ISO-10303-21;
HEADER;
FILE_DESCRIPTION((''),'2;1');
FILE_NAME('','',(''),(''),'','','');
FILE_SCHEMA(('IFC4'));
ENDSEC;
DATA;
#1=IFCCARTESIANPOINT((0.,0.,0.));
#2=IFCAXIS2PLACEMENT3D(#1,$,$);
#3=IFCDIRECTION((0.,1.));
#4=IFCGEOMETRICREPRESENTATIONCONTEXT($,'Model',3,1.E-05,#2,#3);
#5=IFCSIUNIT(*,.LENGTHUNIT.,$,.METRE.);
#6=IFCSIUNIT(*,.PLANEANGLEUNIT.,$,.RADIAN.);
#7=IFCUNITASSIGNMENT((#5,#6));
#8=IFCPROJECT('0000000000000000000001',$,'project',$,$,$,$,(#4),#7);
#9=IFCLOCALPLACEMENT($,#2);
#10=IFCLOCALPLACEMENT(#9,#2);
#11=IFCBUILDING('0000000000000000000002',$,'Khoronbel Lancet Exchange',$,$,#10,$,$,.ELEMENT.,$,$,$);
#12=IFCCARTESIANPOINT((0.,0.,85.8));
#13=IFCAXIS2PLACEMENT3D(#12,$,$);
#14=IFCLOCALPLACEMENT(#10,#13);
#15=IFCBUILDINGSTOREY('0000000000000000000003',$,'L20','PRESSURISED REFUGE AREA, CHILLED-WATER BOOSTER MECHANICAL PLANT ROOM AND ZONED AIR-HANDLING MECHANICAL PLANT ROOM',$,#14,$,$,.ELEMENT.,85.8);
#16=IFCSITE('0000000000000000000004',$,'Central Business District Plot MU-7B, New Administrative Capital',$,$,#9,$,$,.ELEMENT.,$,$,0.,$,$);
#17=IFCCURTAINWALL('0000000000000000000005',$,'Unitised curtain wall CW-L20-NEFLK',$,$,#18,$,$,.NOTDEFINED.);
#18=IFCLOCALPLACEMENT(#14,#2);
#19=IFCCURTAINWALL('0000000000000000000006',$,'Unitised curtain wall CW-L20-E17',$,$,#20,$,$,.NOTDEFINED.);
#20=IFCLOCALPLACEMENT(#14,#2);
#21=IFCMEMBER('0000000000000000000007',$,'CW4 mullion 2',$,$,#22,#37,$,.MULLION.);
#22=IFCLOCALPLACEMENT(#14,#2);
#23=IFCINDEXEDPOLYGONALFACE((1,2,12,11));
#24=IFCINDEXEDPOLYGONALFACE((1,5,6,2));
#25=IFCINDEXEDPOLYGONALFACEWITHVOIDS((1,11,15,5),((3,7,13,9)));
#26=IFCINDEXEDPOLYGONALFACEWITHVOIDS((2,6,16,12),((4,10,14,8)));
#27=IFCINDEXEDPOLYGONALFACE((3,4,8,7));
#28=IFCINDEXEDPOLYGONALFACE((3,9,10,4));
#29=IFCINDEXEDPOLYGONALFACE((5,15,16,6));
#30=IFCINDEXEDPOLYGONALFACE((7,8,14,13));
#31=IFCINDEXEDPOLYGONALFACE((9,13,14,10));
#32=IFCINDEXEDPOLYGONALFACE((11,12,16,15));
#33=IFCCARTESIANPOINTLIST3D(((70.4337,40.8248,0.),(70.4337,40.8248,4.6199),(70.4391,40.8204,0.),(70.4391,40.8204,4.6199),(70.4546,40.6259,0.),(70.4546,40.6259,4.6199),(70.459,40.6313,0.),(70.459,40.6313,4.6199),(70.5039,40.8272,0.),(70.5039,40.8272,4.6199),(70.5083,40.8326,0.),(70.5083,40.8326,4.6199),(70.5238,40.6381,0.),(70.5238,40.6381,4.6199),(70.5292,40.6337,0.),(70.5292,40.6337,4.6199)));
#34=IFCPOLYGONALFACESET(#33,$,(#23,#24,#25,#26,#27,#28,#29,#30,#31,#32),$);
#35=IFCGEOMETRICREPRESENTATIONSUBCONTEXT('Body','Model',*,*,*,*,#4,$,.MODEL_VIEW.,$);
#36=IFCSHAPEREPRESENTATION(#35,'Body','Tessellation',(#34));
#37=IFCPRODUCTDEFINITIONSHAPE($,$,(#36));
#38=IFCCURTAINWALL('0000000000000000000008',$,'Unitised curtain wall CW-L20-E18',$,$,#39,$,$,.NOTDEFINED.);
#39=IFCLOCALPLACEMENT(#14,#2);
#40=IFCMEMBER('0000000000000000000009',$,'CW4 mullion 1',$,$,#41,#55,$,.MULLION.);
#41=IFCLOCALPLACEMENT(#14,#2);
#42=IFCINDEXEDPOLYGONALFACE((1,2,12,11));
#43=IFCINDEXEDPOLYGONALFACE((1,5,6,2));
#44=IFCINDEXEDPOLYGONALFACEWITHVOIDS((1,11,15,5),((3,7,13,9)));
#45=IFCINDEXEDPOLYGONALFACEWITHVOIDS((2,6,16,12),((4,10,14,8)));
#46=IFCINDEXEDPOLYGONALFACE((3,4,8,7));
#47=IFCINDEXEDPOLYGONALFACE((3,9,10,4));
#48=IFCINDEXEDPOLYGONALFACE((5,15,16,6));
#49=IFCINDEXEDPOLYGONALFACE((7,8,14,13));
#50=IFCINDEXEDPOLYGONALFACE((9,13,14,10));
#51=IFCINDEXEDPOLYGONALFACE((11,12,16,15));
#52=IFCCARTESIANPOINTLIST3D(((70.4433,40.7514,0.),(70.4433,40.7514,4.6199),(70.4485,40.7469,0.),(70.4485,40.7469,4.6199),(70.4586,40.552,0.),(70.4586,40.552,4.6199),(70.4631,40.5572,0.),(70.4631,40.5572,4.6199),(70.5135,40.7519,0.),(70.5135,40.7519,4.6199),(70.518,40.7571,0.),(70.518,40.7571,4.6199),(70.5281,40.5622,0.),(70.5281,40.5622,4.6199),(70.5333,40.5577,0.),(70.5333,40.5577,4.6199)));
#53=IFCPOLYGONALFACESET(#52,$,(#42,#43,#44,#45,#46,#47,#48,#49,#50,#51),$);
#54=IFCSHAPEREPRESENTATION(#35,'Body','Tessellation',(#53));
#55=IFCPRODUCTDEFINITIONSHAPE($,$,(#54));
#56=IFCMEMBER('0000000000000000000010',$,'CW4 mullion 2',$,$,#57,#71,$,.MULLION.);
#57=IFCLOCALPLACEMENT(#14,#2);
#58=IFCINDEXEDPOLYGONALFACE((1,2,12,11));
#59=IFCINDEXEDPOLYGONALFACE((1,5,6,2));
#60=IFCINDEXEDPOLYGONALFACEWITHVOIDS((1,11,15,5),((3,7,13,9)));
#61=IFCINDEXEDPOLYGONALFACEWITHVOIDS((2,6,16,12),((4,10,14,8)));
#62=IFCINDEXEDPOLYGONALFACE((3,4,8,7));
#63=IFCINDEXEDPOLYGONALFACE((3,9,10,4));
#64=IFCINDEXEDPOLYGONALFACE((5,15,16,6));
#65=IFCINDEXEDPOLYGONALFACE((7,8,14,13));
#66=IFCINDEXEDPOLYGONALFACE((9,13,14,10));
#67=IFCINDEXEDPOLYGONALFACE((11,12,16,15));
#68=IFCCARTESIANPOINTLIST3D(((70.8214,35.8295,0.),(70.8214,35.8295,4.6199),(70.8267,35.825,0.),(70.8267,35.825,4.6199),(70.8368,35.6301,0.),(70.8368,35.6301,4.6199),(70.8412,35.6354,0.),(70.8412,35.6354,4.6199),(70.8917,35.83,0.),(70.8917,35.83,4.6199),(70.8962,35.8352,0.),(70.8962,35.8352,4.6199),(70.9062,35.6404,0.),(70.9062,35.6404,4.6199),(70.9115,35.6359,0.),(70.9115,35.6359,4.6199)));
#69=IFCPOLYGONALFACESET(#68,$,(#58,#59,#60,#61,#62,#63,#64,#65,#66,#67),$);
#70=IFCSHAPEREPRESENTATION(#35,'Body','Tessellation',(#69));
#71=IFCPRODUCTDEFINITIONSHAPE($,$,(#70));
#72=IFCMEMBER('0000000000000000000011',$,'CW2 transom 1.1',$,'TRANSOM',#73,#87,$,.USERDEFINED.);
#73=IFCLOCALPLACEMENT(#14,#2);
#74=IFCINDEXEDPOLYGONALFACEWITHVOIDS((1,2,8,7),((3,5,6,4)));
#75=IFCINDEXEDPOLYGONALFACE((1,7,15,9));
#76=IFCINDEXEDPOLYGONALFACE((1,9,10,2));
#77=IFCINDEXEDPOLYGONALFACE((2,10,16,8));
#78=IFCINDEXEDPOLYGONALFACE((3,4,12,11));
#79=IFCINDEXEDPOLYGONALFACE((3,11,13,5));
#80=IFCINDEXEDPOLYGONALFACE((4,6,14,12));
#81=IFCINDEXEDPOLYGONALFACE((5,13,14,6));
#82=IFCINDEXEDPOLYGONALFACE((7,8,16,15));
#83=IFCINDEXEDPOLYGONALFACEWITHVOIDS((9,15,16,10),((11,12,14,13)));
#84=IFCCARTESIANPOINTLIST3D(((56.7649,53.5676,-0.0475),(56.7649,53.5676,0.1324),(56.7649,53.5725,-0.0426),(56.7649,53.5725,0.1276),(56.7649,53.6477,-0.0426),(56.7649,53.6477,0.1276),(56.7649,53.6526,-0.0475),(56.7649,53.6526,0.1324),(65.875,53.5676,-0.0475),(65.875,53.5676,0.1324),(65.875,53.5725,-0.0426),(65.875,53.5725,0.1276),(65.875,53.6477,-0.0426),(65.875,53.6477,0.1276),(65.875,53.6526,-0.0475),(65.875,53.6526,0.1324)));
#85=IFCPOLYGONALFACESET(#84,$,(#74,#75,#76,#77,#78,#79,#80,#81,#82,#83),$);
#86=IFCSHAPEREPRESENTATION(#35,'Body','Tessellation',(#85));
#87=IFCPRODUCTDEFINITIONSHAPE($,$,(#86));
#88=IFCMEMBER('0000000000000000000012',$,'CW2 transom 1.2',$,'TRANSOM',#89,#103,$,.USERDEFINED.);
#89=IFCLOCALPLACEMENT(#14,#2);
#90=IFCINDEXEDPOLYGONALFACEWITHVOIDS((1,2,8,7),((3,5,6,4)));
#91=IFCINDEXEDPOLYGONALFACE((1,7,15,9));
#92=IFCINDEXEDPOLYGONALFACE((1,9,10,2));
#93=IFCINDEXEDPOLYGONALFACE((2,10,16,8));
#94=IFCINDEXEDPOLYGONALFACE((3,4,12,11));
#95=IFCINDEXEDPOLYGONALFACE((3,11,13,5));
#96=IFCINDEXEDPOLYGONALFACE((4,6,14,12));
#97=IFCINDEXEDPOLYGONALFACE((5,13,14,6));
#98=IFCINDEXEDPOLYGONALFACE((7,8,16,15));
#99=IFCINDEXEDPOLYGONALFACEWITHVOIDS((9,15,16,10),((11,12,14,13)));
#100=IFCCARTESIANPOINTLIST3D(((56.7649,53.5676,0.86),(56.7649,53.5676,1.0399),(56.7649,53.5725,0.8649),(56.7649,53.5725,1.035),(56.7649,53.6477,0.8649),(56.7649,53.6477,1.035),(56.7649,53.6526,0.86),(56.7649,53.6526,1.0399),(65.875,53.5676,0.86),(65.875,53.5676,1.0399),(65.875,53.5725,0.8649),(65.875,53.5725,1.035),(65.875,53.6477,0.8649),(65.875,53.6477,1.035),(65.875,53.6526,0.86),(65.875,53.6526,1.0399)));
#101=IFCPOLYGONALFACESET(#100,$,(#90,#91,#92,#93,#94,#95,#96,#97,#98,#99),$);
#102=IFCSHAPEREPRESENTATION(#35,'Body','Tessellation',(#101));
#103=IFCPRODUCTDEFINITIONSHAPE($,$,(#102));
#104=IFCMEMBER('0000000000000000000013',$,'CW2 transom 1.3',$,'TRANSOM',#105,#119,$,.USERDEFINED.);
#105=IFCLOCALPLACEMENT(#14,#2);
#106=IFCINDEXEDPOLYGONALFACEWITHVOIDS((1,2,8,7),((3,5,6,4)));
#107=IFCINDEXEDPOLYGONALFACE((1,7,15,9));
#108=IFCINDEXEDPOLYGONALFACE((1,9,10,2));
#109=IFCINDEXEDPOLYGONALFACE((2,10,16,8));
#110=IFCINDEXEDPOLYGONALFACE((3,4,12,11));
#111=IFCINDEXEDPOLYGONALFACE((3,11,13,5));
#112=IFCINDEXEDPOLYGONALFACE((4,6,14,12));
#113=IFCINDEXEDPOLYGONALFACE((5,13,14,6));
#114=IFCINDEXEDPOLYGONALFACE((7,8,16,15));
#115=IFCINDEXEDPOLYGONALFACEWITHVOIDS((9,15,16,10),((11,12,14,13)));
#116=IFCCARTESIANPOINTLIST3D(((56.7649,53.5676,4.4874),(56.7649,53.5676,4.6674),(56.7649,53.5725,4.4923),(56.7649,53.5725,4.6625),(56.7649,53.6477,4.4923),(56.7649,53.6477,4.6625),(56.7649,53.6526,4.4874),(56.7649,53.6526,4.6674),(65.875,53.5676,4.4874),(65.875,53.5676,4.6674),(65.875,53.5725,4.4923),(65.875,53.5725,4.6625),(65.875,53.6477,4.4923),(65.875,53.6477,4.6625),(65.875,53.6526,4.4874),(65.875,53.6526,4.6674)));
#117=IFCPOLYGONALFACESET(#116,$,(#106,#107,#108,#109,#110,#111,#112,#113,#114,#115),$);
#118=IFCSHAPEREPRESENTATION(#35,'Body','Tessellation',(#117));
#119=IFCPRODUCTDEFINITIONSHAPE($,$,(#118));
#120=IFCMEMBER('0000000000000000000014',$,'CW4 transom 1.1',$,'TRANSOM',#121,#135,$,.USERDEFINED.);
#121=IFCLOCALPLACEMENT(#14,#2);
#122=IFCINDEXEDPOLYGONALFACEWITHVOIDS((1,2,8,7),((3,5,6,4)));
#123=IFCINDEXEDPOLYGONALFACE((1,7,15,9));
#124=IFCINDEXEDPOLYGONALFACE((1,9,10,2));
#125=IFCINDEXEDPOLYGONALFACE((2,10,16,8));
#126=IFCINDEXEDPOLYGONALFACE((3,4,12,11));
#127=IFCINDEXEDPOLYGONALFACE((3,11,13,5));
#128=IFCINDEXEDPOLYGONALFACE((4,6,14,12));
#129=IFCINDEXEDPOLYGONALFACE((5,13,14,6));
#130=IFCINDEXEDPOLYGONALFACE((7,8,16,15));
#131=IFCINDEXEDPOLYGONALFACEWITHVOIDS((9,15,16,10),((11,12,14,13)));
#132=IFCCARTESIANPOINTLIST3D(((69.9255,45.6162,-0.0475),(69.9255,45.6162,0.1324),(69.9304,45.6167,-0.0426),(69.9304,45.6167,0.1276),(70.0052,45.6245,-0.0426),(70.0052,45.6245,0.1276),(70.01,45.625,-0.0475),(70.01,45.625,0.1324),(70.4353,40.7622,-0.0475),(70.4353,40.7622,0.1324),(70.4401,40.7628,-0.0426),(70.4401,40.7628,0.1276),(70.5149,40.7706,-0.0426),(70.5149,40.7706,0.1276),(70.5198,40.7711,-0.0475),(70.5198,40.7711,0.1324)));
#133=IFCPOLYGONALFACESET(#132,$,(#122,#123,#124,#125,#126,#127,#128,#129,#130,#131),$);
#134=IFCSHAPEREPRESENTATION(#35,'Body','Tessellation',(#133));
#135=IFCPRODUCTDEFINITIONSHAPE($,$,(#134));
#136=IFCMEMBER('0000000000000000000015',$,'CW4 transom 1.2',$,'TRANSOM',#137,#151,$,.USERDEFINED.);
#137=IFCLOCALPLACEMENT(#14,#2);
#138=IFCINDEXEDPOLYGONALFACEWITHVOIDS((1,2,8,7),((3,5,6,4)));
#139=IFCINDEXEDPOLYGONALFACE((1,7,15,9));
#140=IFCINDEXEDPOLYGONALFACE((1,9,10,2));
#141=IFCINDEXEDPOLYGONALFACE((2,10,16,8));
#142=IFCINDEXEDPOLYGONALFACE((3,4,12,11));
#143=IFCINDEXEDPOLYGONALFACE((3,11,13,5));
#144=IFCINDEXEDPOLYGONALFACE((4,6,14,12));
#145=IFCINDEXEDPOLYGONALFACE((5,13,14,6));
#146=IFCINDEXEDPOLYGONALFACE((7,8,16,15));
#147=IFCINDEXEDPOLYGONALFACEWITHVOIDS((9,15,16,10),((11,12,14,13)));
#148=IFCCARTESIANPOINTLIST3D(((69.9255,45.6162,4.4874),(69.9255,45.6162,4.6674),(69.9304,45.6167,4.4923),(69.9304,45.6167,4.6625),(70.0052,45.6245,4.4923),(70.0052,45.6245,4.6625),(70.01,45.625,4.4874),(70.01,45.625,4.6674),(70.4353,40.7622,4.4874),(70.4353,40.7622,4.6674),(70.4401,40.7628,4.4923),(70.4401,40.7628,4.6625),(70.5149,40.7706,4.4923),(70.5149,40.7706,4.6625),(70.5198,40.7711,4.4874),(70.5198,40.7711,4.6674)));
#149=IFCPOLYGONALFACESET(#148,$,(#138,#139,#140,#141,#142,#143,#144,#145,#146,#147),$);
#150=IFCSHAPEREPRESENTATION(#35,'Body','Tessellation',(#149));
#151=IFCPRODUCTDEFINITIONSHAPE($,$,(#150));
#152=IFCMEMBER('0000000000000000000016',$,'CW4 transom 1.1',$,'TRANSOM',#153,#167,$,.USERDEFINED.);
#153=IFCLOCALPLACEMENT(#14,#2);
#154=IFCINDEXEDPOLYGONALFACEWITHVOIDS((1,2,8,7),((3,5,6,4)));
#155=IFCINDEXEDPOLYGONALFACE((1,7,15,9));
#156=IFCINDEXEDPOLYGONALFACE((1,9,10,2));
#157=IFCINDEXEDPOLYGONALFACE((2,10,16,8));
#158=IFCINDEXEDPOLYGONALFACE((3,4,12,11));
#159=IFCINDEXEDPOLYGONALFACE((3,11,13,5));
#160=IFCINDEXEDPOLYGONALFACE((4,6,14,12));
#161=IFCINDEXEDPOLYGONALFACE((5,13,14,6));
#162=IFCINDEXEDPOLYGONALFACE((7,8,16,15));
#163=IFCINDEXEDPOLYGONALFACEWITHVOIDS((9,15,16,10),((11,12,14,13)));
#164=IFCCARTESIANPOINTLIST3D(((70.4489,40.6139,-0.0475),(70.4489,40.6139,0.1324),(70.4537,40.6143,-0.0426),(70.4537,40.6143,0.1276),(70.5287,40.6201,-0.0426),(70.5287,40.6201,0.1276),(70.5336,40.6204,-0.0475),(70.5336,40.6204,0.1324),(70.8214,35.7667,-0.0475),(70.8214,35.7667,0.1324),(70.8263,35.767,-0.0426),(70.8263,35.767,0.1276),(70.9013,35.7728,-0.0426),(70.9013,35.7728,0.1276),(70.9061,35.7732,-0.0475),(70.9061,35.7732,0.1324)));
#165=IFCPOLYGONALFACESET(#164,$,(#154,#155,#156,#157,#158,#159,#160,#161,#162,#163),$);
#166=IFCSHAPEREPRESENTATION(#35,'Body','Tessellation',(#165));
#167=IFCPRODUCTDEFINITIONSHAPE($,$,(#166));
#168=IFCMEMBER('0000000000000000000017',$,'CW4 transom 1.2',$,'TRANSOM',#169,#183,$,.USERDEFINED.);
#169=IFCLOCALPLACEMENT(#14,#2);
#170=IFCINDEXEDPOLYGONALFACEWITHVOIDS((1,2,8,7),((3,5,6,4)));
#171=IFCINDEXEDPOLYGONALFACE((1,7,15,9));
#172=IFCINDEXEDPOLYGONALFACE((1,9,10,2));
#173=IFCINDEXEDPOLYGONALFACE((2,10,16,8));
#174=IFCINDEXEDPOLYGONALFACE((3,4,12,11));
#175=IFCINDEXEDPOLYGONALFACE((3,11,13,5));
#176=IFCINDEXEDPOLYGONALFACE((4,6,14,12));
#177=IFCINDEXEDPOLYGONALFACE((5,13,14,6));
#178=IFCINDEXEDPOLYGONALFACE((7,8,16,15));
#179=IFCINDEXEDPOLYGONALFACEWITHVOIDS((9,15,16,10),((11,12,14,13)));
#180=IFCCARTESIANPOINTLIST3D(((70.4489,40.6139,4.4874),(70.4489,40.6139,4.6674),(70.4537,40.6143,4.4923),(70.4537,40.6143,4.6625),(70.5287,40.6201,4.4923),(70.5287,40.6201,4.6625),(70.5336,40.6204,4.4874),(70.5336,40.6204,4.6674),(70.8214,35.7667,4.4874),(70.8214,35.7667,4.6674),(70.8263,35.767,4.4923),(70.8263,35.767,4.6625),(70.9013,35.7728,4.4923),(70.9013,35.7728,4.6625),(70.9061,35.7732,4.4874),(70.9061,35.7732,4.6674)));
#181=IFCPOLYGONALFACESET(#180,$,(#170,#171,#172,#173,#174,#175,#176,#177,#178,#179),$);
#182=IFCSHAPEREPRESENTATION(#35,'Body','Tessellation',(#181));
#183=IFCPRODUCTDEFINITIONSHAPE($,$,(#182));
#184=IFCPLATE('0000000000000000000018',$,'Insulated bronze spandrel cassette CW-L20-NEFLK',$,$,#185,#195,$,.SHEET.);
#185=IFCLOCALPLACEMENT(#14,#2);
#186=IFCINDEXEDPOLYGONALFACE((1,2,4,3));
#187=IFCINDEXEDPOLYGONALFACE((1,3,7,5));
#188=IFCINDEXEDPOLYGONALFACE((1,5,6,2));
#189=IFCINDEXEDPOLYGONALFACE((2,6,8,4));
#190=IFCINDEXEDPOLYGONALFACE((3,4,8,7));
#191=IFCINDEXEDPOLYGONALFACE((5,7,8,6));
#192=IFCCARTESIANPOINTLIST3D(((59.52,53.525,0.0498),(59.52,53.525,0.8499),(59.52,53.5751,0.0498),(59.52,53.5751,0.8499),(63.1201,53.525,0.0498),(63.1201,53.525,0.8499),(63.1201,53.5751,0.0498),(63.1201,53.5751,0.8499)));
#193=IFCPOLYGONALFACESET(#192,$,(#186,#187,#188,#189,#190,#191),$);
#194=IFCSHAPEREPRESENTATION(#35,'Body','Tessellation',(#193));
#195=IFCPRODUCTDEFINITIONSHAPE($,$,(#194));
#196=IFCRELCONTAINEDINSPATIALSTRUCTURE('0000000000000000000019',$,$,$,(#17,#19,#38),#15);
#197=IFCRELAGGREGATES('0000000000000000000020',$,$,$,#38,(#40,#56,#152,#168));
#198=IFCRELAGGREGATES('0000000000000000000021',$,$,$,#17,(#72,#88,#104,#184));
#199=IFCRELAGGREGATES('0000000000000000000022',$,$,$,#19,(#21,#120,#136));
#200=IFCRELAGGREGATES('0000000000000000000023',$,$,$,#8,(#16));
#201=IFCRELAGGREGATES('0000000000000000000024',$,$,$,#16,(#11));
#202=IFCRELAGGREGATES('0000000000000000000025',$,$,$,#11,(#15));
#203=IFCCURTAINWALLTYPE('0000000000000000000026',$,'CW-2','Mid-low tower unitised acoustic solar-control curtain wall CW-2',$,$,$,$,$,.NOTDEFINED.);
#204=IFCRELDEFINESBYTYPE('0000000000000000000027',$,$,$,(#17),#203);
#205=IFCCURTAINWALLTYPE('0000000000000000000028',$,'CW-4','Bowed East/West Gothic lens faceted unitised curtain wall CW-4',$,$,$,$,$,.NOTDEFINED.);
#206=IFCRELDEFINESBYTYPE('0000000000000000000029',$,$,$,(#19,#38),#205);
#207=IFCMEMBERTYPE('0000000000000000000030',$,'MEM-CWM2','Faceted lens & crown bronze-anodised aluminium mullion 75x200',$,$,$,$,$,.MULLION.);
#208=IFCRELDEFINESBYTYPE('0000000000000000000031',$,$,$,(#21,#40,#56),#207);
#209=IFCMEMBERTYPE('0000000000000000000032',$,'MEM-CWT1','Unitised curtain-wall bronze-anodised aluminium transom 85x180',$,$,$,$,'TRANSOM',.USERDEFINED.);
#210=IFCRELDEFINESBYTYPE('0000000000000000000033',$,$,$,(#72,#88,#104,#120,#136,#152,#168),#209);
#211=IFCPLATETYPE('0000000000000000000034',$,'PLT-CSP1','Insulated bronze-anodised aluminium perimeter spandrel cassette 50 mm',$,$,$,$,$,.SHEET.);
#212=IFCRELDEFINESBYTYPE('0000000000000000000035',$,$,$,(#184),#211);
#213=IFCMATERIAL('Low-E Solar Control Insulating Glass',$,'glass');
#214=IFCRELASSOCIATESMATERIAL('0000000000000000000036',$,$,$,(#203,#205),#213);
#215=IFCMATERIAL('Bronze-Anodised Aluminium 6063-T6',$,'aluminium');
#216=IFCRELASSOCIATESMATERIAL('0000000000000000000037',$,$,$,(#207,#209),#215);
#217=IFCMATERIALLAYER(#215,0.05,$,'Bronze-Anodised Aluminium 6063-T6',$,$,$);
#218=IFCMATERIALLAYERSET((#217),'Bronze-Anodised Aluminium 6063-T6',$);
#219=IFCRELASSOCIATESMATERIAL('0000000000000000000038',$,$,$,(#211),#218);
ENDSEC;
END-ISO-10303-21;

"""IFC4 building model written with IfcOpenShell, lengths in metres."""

from ifc_helpers import new_model, si_unit, direction, frame, origin, origin_2d, place, context, subcontext, project, spatial, rectangle, hollow_rectangle, extrude, material, layer, layer_set, material_profile, profile_set, type_object, element, aggregate, save


model = new_model("IFC4")

# Units and contexts
model_context = context("Model", 3, precision=1e-05, world=origin(), true_north=direction((0.0, 1.0)))
body_context = subcontext(model_context, "Body", "Model", "MODEL_VIEW")
ifc_project = project(units=[si_unit("LENGTHUNIT", "METRE"), si_unit("PLANEANGLEUNIT", "RADIAN")], contexts=[model_context])

# Site, building, storey
site_placement = place(None, origin())
site = spatial("IfcSite", under=ifc_project, at=site_placement, Name="Central Business District Plot MU-7B, New Administrative Capital", CompositionType="ELEMENT", RefElevation=0.0)
building_placement = place(site_placement, origin())
building = spatial("IfcBuilding", under=site, at=building_placement, Name="Khoronbel Lancet Exchange", CompositionType="ELEMENT")
storey_placement = place(building_placement, frame((0.0, 0.0, 85.8)))
storey = spatial("IfcBuildingStorey", under=building, at=storey_placement, Name="L20", Description="PRESSURISED REFUGE AREA, CHILLED-WATER BOOSTER MECHANICAL PLANT ROOM AND ZONED AIR-HANDLING MECHANICAL PLANT ROOM", CompositionType="ELEMENT", Elevation=85.8)

# Curtain walls, members
ifc_material_1 = material(Name="Low-E Solar Control Insulating Glass", Category="glass")
curtain_wall_type_1 = type_object("IfcCurtainWallType", Name="CW-2", Description="Mid-low tower unitised acoustic solar-control curtain wall CW-2", PredefinedType="NOTDEFINED", material=ifc_material_1)
curtain_wall_1_placement = place(storey_placement, origin())
curtain_wall_1 = element("IfcCurtainWall", 1, at=curtain_wall_1_placement, inside=storey, type_object=curtain_wall_type_1, Name="Unitised curtain wall CW-L20-NEFLK", PredefinedType="NOTDEFINED")
ifc_material_2 = material(Name="Bronze-Anodised Aluminium 6063-T6", Category="aluminium")
curtain_wall_type_2 = type_object("IfcCurtainWallType", Name="CW-4", Description="Bowed East/West Gothic lens faceted unitised curtain wall CW-4", PredefinedType="NOTDEFINED", material=ifc_material_1)
curtain_wall_2_placement = place(storey_placement, origin())
curtain_wall_2 = element("IfcCurtainWall", 2, at=curtain_wall_2_placement, inside=storey, type_object=curtain_wall_type_2, Name="Unitised curtain wall CW-L20-E17", PredefinedType="NOTDEFINED")
ifc_material_profile_1 = material_profile(ifc_material_2, hollow_rectangle(XDim=0.075, YDim=0.2, WallThickness=0.0049, at=origin_2d()), Name="ALU MULLION 75x200")
ifc_profile_set_1 = profile_set([ifc_material_profile_1], Name="Bronze-Anodised Aluminium 6063-T6")
member_type_1 = type_object("IfcMemberType", Name="MEM-CWM2", Description="Faceted lens & crown bronze-anodised aluminium mullion 75x200", PredefinedType="MULLION", material=ifc_profile_set_1)
member_1_placement = place(storey_placement, frame((70.4814, 40.7292, 0.0), z_axis=(0.0, 0.0, 1.0), x_axis=(0.994532, 0.104434, 0.0)))
member_1 = element("IfcMember", 3, at=member_1_placement, type_object=member_type_1, Name="CW4 mullion 2", PredefinedType="MULLION", context=body_context, shape_type="SweptSolid", body=[
    extrude(hollow_rectangle(XDim=0.075, YDim=0.2, WallThickness=0.0049, at=origin_2d()), origin(), (0.0, 0.0, 1.0), 4.6199),
])
curtain_wall_3_placement = place(storey_placement, origin())
curtain_wall_3 = element("IfcCurtainWall", 4, at=curtain_wall_3_placement, inside=storey, type_object=curtain_wall_type_2, Name="Unitised curtain wall CW-L20-E18", PredefinedType="NOTDEFINED")
member_2_placement = place(storey_placement, frame((70.4883, 40.6545, 0.0), z_axis=(0.0, 0.0, 1.0), x_axis=(0.99706, 0.076626, 0.0)))
member_2 = element("IfcMember", 5, at=member_2_placement, type_object=member_type_1, Name="CW4 mullion 1", PredefinedType="MULLION", context=body_context, shape_type="SweptSolid", body=[
    extrude(hollow_rectangle(XDim=0.075, YDim=0.2, WallThickness=0.0049, at=origin_2d()), origin(), (0.0, 0.0, 1.0), 4.6199),
])
member_3_placement = place(storey_placement, frame((70.8665, 35.7327, 0.0), z_axis=(0.0, 0.0, 1.0), x_axis=(0.99706, 0.076626, 0.0)))
member_3 = element("IfcMember", 6, at=member_3_placement, type_object=member_type_1, Name="CW4 mullion 2", PredefinedType="MULLION", context=body_context, shape_type="SweptSolid", body=[
    extrude(hollow_rectangle(XDim=0.075, YDim=0.2, WallThickness=0.0049, at=origin_2d()), origin(), (0.0, 0.0, 1.0), 4.6199),
])

# Members
ifc_material_profile_2 = material_profile(ifc_material_2, hollow_rectangle(XDim=0.085, YDim=0.1799, WallThickness=0.0049, at=origin_2d()), Name="ALU TRANSOM 85x180")
ifc_profile_set_2 = profile_set([ifc_material_profile_2], Name="Bronze-Anodised Aluminium 6063-T6")
member_type_2 = type_object("IfcMemberType", Name="MEM-CWT1", Description="Unitised curtain-wall bronze-anodised aluminium transom 85x180", ElementType="TRANSOM", PredefinedType="USERDEFINED", material=ifc_profile_set_2)
member_4_placement = place(storey_placement, frame((65.875, 53.6101, 0.0425), z_axis=(-1.0, 0.0, 0.0), x_axis=(0.0, -1.0, 0.0)))
member_4 = element("IfcMember", 7, at=member_4_placement, type_object=member_type_2, Name="CW2 transom 1.1", ObjectType="TRANSOM", PredefinedType="USERDEFINED", context=body_context, shape_type="SweptSolid", body=[
    extrude(hollow_rectangle(XDim=0.085, YDim=0.1799, WallThickness=0.0049, at=origin_2d()), origin(), (0.0, 0.0, 1.0), 9.1101),
])
member_5_placement = place(storey_placement, frame((65.875, 53.6101, 0.95), z_axis=(-1.0, 0.0, 0.0), x_axis=(0.0, -1.0, 0.0)))
member_5 = element("IfcMember", 8, at=member_5_placement, type_object=member_type_2, Name="CW2 transom 1.2", ObjectType="TRANSOM", PredefinedType="USERDEFINED", context=body_context, shape_type="SweptSolid", body=[
    extrude(hollow_rectangle(XDim=0.085, YDim=0.1799, WallThickness=0.0049, at=origin_2d()), origin(), (0.0, 0.0, 1.0), 9.1101),
])
member_6_placement = place(storey_placement, frame((65.875, 53.6101, 4.5774), z_axis=(-1.0, 0.0, 0.0), x_axis=(0.0, -1.0, 0.0)))
member_6 = element("IfcMember", 9, at=member_6_placement, type_object=member_type_2, Name="CW2 transom 1.3", ObjectType="TRANSOM", PredefinedType="USERDEFINED", context=body_context, shape_type="SweptSolid", body=[
    extrude(hollow_rectangle(XDim=0.085, YDim=0.1799, WallThickness=0.0049, at=origin_2d()), origin(), (0.0, 0.0, 1.0), 9.1101),
])
member_7_placement = place(storey_placement, frame((69.9678, 45.6206, 0.0425), z_axis=(0.104445, -0.994531, 0.0), x_axis=(0.994531, 0.104445, 0.0)))
member_7 = element("IfcMember", 10, at=member_7_placement, type_object=member_type_2, Name="CW4 transom 1.1", ObjectType="TRANSOM", PredefinedType="USERDEFINED", context=body_context, shape_type="SweptSolid", body=[
    extrude(hollow_rectangle(XDim=0.085, YDim=0.1799, WallThickness=0.0049, at=origin_2d()), origin(), (0.0, 0.0, 1.0), 4.8806),
])
member_8_placement = place(storey_placement, frame((69.9678, 45.6206, 4.5774), z_axis=(0.104445, -0.994531, 0.0), x_axis=(0.994531, 0.104445, 0.0)))
member_8 = element("IfcMember", 11, at=member_8_placement, type_object=member_type_2, Name="CW4 transom 1.2", ObjectType="TRANSOM", PredefinedType="USERDEFINED", context=body_context, shape_type="SweptSolid", body=[
    extrude(hollow_rectangle(XDim=0.085, YDim=0.1799, WallThickness=0.0049, at=origin_2d()), origin(), (0.0, 0.0, 1.0), 4.8806),
])
member_9_placement = place(storey_placement, frame((70.4912, 40.6172, 0.0425), z_axis=(0.076635, -0.997059, 0.0), x_axis=(0.997059, 0.076635, 0.0)))
member_9 = element("IfcMember", 12, at=member_9_placement, type_object=member_type_2, Name="CW4 transom 1.1", ObjectType="TRANSOM", PredefinedType="USERDEFINED", context=body_context, shape_type="SweptSolid", body=[
    extrude(hollow_rectangle(XDim=0.085, YDim=0.1799, WallThickness=0.0049, at=origin_2d()), origin(), (0.0, 0.0, 1.0), 4.8616),
])
member_10_placement = place(storey_placement, frame((70.4912, 40.6172, 4.5774), z_axis=(0.076635, -0.997059, 0.0), x_axis=(0.997059, 0.076635, 0.0)))
member_10 = element("IfcMember", 13, at=member_10_placement, type_object=member_type_2, Name="CW4 transom 1.2", ObjectType="TRANSOM", PredefinedType="USERDEFINED", context=body_context, shape_type="SweptSolid", body=[
    extrude(hollow_rectangle(XDim=0.085, YDim=0.1799, WallThickness=0.0049, at=origin_2d()), origin(), (0.0, 0.0, 1.0), 4.8616),
])

# Plate
ifc_layer_1 = layer(ifc_material_2, 0.05, Name="Bronze-Anodised Aluminium 6063-T6")
ifc_layer_set_1 = layer_set([ifc_layer_1], Name="Bronze-Anodised Aluminium 6063-T6")
plate_type_1 = type_object("IfcPlateType", Name="PLT-CSP1", Description="Insulated bronze-anodised aluminium perimeter spandrel cassette 50 mm", PredefinedType="SHEET", material=ifc_layer_set_1)
plate_1_placement = place(storey_placement, frame((61.3201, 53.55, 0.0498), z_axis=(0.0, 0.0, 1.0), x_axis=(-1.0, 0.0, 0.0)))
plate_1 = element("IfcPlate", 14, at=plate_1_placement, type_object=plate_type_1, Name="Insulated bronze spandrel cassette CW-L20-NEFLK", PredefinedType="SHEET", context=body_context, shape_type="SweptSolid", body=[
    extrude(rectangle(XDim=3.6001, YDim=0.05, at=origin_2d()), origin(), (0.0, 0.0, 1.0), 0.8),
])
aggregate(curtain_wall_3, [member_2, member_3, member_9, member_10])
aggregate(curtain_wall_1, [member_4, member_5, member_6, plate_1])
aggregate(curtain_wall_2, [member_1, member_7, member_8])

save(model, "model.ifc")
